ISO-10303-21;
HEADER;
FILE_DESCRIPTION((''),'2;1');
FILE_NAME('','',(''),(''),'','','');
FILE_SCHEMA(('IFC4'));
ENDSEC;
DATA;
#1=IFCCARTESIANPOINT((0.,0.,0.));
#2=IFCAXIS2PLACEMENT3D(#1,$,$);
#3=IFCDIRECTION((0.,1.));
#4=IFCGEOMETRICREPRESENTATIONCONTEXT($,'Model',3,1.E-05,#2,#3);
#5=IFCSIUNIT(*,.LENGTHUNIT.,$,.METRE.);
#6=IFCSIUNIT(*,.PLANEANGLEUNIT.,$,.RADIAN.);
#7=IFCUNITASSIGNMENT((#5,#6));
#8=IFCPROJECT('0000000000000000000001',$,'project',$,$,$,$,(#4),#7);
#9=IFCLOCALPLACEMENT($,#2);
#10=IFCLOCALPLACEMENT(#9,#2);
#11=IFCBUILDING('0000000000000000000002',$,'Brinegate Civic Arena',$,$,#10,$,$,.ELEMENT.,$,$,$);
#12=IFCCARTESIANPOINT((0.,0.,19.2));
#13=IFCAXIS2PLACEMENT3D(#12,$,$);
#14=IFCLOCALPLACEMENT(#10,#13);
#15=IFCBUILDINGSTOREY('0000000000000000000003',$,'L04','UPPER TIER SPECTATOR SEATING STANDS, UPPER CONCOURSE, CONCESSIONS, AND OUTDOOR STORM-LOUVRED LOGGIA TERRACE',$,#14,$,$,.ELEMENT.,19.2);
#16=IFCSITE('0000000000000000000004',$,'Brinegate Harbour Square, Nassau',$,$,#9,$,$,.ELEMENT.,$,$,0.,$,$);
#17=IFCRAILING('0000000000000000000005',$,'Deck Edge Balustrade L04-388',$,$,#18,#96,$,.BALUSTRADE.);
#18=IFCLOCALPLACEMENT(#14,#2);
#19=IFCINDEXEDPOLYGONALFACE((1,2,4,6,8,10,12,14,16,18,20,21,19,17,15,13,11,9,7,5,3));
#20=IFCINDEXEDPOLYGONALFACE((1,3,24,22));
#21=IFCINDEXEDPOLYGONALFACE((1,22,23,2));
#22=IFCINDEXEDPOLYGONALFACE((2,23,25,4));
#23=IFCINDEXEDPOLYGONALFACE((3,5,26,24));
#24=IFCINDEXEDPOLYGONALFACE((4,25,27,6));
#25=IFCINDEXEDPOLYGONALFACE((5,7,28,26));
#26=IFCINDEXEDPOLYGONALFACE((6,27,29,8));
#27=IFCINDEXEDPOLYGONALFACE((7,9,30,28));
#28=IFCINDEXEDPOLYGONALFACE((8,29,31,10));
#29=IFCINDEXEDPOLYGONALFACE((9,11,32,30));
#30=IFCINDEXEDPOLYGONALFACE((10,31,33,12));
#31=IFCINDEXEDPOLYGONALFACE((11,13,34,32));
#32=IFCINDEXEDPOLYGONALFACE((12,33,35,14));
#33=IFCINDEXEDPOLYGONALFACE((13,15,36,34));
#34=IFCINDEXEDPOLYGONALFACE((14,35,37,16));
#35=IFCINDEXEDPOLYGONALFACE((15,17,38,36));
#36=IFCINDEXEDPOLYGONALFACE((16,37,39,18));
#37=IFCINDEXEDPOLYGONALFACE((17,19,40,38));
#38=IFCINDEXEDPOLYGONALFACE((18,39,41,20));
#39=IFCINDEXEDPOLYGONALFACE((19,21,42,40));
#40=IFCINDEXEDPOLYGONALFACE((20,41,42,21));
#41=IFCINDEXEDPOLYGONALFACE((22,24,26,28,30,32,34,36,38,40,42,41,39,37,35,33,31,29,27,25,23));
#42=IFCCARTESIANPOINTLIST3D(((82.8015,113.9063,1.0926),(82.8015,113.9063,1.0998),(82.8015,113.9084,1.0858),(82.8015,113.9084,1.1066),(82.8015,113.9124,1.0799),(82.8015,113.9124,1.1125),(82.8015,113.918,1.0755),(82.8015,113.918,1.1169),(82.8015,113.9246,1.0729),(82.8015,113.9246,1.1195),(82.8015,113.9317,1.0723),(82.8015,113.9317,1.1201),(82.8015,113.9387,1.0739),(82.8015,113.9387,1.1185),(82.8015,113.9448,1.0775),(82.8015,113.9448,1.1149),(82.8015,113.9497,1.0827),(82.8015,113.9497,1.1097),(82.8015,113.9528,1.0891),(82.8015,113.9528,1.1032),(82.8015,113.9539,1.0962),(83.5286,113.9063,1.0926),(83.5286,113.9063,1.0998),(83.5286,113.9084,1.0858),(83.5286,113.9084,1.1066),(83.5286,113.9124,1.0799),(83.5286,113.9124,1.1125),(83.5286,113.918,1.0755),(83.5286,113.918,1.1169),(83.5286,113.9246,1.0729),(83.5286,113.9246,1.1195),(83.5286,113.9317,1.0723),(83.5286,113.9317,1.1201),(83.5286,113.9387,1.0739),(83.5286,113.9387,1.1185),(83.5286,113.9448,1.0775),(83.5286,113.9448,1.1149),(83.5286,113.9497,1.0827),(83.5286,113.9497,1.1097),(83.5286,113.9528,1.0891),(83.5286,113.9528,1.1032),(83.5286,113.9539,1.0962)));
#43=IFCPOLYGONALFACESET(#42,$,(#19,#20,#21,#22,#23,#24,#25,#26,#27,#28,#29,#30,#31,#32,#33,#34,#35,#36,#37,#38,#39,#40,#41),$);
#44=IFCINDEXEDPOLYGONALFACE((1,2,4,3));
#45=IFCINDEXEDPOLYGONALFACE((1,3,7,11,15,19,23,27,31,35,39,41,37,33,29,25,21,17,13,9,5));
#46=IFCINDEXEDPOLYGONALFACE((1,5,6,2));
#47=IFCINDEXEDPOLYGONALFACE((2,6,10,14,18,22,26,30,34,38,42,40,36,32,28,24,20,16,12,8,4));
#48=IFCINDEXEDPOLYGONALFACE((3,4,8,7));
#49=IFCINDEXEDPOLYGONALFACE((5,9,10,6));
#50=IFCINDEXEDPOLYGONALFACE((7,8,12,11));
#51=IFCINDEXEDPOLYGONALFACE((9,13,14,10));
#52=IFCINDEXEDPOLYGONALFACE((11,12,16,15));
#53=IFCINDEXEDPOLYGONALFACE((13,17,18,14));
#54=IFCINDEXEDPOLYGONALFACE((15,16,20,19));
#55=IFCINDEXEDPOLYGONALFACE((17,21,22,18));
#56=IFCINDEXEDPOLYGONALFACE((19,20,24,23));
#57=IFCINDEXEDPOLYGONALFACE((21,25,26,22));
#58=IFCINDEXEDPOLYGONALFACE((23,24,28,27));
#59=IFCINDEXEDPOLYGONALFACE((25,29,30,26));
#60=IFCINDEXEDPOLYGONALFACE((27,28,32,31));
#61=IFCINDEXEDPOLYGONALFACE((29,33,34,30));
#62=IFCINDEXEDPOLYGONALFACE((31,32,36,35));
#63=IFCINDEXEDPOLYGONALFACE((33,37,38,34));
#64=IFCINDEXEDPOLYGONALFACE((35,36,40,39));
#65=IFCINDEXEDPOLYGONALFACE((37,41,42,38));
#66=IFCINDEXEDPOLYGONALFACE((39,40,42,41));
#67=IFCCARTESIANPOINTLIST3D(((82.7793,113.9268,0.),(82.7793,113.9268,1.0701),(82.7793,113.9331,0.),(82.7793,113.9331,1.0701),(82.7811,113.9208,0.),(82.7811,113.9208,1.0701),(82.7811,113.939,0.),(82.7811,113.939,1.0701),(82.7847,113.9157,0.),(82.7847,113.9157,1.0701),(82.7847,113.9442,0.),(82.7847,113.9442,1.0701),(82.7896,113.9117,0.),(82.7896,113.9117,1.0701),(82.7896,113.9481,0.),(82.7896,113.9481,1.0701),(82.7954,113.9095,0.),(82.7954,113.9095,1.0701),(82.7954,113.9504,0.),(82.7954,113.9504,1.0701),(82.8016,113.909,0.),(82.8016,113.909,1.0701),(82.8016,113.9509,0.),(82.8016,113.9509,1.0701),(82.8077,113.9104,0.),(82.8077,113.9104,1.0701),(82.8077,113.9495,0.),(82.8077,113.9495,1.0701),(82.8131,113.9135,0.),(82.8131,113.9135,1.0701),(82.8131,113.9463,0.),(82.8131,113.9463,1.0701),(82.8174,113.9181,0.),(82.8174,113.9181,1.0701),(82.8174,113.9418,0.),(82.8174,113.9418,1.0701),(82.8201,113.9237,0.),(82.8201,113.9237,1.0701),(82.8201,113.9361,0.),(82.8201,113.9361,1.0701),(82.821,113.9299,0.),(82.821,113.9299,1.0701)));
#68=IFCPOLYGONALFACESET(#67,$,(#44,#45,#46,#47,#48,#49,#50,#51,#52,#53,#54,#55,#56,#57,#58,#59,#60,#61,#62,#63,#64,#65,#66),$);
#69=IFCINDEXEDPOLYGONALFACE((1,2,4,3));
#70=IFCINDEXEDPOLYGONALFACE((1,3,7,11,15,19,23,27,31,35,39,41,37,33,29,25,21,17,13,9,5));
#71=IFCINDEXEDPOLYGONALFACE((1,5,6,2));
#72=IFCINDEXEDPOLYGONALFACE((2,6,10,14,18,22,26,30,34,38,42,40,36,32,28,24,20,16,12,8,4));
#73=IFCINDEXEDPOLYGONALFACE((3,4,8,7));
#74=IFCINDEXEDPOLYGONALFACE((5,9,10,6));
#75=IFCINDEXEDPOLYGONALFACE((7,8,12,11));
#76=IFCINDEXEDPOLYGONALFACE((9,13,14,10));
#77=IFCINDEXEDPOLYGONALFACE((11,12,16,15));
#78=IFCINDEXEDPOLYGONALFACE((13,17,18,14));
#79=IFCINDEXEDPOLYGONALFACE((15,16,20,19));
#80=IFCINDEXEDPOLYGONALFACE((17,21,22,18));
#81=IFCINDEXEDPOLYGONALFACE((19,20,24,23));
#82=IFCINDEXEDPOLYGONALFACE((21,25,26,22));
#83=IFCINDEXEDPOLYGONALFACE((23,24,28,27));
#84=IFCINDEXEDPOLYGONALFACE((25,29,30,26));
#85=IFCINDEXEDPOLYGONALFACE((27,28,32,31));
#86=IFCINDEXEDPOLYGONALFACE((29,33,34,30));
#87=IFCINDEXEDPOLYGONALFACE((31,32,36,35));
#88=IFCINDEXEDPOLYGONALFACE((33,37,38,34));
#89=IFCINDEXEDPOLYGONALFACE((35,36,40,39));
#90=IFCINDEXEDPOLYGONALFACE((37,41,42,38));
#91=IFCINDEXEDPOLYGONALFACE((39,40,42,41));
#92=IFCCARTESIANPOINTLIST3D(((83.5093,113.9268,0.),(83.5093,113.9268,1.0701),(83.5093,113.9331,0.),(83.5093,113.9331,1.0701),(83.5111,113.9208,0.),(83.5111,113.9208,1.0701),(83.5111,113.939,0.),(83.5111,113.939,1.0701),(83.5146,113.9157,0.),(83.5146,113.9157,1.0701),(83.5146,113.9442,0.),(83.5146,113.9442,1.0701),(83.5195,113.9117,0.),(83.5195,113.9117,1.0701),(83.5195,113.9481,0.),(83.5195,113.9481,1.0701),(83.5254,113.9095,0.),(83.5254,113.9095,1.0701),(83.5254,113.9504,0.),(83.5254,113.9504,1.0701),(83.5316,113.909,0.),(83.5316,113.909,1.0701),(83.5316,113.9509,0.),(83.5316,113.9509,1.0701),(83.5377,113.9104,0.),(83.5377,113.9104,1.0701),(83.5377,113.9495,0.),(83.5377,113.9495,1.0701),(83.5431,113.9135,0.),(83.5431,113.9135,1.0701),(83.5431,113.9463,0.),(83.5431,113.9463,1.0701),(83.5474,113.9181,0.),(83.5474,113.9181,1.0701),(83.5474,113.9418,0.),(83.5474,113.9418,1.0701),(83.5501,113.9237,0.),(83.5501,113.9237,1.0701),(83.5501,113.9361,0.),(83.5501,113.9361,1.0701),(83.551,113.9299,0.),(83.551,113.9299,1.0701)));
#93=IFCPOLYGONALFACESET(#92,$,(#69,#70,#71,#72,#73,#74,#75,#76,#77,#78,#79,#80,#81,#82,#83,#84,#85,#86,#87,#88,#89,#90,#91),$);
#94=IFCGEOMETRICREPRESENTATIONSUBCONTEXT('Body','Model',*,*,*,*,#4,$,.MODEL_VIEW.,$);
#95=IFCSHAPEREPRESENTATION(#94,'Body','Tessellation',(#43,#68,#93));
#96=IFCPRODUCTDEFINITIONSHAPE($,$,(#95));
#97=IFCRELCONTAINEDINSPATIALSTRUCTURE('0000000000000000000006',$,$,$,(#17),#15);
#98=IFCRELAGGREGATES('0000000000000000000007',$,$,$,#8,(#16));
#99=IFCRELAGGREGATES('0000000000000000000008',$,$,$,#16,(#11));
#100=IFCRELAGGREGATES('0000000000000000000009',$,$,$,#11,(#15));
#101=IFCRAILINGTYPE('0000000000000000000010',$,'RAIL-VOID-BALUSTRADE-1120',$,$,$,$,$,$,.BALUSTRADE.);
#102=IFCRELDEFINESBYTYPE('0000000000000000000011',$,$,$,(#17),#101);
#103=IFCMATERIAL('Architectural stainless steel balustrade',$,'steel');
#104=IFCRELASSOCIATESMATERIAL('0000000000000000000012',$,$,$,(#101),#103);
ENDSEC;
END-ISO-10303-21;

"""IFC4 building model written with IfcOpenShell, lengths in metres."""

from ifc_helpers import new_model, si_unit, direction, frame, origin, origin_2d, place, context, subcontext, project, spatial, circle, extrude, material, type_object, element, save


model = new_model("IFC4")

# Units and contexts
model_context = context("Model", 3, precision=1e-05, world=origin(), true_north=direction((0.0, 1.0)))
body_context = subcontext(model_context, "Body", "Model", "MODEL_VIEW")
ifc_project = project(units=[si_unit("LENGTHUNIT", "METRE"), si_unit("PLANEANGLEUNIT", "RADIAN")], contexts=[model_context])

# Site, building, storey
site_placement = place(None, origin())
site = spatial("IfcSite", under=ifc_project, at=site_placement, Name="Brinegate Harbour Square, Nassau", CompositionType="ELEMENT", RefElevation=0.0)
building_placement = place(site_placement, origin())
building = spatial("IfcBuilding", under=site, at=building_placement, Name="Brinegate Civic Arena", CompositionType="ELEMENT")
storey_placement = place(building_placement, frame((0.0, 0.0, 19.2)))
storey = spatial("IfcBuildingStorey", under=building, at=storey_placement, Name="L04", Description="UPPER TIER SPECTATOR SEATING STANDS, UPPER CONCOURSE, CONCESSIONS, AND OUTDOOR STORM-LOUVRED LOGGIA TERRACE", CompositionType="ELEMENT", Elevation=19.2)

# Railing
ifc_material_1 = material(Name="Architectural stainless steel balustrade", Category="steel")
railing_type_1 = type_object("IfcRailingType", Name="RAIL-VOID-BALUSTRADE-1120", PredefinedType="BALUSTRADE", material=ifc_material_1)
for number, where, name in (
    (1, (82.8, 113.9299, 0.0), "Deck Edge Balustrade L04-388"),
):
    element("IfcRailing", number, at=place(storey_placement, frame(where)), inside=storey, type_object=railing_type_1, Name=name, PredefinedType="BALUSTRADE", context=body_context, shape_type="SweptSolid", body=[
        extrude(circle(Radius=0.0239, at=origin_2d()), frame((0.0015, 0.0, 1.0962), z_axis=(1.0, 0.0, 0.0), x_axis=(0.0, 1.0, 0.0)), (0.0, 0.0, 1.0), 0.7271),
        extrude(circle(Radius=0.021, at=origin_2d()), origin(), (0.0, 0.0, 1.0), 1.0701),
        extrude(circle(Radius=0.021, at=origin_2d()), frame((0.73, 0.0, 0.0)), (0.0, 0.0, 1.0), 1.0701),
    ])

save(model, "model.ifc")
